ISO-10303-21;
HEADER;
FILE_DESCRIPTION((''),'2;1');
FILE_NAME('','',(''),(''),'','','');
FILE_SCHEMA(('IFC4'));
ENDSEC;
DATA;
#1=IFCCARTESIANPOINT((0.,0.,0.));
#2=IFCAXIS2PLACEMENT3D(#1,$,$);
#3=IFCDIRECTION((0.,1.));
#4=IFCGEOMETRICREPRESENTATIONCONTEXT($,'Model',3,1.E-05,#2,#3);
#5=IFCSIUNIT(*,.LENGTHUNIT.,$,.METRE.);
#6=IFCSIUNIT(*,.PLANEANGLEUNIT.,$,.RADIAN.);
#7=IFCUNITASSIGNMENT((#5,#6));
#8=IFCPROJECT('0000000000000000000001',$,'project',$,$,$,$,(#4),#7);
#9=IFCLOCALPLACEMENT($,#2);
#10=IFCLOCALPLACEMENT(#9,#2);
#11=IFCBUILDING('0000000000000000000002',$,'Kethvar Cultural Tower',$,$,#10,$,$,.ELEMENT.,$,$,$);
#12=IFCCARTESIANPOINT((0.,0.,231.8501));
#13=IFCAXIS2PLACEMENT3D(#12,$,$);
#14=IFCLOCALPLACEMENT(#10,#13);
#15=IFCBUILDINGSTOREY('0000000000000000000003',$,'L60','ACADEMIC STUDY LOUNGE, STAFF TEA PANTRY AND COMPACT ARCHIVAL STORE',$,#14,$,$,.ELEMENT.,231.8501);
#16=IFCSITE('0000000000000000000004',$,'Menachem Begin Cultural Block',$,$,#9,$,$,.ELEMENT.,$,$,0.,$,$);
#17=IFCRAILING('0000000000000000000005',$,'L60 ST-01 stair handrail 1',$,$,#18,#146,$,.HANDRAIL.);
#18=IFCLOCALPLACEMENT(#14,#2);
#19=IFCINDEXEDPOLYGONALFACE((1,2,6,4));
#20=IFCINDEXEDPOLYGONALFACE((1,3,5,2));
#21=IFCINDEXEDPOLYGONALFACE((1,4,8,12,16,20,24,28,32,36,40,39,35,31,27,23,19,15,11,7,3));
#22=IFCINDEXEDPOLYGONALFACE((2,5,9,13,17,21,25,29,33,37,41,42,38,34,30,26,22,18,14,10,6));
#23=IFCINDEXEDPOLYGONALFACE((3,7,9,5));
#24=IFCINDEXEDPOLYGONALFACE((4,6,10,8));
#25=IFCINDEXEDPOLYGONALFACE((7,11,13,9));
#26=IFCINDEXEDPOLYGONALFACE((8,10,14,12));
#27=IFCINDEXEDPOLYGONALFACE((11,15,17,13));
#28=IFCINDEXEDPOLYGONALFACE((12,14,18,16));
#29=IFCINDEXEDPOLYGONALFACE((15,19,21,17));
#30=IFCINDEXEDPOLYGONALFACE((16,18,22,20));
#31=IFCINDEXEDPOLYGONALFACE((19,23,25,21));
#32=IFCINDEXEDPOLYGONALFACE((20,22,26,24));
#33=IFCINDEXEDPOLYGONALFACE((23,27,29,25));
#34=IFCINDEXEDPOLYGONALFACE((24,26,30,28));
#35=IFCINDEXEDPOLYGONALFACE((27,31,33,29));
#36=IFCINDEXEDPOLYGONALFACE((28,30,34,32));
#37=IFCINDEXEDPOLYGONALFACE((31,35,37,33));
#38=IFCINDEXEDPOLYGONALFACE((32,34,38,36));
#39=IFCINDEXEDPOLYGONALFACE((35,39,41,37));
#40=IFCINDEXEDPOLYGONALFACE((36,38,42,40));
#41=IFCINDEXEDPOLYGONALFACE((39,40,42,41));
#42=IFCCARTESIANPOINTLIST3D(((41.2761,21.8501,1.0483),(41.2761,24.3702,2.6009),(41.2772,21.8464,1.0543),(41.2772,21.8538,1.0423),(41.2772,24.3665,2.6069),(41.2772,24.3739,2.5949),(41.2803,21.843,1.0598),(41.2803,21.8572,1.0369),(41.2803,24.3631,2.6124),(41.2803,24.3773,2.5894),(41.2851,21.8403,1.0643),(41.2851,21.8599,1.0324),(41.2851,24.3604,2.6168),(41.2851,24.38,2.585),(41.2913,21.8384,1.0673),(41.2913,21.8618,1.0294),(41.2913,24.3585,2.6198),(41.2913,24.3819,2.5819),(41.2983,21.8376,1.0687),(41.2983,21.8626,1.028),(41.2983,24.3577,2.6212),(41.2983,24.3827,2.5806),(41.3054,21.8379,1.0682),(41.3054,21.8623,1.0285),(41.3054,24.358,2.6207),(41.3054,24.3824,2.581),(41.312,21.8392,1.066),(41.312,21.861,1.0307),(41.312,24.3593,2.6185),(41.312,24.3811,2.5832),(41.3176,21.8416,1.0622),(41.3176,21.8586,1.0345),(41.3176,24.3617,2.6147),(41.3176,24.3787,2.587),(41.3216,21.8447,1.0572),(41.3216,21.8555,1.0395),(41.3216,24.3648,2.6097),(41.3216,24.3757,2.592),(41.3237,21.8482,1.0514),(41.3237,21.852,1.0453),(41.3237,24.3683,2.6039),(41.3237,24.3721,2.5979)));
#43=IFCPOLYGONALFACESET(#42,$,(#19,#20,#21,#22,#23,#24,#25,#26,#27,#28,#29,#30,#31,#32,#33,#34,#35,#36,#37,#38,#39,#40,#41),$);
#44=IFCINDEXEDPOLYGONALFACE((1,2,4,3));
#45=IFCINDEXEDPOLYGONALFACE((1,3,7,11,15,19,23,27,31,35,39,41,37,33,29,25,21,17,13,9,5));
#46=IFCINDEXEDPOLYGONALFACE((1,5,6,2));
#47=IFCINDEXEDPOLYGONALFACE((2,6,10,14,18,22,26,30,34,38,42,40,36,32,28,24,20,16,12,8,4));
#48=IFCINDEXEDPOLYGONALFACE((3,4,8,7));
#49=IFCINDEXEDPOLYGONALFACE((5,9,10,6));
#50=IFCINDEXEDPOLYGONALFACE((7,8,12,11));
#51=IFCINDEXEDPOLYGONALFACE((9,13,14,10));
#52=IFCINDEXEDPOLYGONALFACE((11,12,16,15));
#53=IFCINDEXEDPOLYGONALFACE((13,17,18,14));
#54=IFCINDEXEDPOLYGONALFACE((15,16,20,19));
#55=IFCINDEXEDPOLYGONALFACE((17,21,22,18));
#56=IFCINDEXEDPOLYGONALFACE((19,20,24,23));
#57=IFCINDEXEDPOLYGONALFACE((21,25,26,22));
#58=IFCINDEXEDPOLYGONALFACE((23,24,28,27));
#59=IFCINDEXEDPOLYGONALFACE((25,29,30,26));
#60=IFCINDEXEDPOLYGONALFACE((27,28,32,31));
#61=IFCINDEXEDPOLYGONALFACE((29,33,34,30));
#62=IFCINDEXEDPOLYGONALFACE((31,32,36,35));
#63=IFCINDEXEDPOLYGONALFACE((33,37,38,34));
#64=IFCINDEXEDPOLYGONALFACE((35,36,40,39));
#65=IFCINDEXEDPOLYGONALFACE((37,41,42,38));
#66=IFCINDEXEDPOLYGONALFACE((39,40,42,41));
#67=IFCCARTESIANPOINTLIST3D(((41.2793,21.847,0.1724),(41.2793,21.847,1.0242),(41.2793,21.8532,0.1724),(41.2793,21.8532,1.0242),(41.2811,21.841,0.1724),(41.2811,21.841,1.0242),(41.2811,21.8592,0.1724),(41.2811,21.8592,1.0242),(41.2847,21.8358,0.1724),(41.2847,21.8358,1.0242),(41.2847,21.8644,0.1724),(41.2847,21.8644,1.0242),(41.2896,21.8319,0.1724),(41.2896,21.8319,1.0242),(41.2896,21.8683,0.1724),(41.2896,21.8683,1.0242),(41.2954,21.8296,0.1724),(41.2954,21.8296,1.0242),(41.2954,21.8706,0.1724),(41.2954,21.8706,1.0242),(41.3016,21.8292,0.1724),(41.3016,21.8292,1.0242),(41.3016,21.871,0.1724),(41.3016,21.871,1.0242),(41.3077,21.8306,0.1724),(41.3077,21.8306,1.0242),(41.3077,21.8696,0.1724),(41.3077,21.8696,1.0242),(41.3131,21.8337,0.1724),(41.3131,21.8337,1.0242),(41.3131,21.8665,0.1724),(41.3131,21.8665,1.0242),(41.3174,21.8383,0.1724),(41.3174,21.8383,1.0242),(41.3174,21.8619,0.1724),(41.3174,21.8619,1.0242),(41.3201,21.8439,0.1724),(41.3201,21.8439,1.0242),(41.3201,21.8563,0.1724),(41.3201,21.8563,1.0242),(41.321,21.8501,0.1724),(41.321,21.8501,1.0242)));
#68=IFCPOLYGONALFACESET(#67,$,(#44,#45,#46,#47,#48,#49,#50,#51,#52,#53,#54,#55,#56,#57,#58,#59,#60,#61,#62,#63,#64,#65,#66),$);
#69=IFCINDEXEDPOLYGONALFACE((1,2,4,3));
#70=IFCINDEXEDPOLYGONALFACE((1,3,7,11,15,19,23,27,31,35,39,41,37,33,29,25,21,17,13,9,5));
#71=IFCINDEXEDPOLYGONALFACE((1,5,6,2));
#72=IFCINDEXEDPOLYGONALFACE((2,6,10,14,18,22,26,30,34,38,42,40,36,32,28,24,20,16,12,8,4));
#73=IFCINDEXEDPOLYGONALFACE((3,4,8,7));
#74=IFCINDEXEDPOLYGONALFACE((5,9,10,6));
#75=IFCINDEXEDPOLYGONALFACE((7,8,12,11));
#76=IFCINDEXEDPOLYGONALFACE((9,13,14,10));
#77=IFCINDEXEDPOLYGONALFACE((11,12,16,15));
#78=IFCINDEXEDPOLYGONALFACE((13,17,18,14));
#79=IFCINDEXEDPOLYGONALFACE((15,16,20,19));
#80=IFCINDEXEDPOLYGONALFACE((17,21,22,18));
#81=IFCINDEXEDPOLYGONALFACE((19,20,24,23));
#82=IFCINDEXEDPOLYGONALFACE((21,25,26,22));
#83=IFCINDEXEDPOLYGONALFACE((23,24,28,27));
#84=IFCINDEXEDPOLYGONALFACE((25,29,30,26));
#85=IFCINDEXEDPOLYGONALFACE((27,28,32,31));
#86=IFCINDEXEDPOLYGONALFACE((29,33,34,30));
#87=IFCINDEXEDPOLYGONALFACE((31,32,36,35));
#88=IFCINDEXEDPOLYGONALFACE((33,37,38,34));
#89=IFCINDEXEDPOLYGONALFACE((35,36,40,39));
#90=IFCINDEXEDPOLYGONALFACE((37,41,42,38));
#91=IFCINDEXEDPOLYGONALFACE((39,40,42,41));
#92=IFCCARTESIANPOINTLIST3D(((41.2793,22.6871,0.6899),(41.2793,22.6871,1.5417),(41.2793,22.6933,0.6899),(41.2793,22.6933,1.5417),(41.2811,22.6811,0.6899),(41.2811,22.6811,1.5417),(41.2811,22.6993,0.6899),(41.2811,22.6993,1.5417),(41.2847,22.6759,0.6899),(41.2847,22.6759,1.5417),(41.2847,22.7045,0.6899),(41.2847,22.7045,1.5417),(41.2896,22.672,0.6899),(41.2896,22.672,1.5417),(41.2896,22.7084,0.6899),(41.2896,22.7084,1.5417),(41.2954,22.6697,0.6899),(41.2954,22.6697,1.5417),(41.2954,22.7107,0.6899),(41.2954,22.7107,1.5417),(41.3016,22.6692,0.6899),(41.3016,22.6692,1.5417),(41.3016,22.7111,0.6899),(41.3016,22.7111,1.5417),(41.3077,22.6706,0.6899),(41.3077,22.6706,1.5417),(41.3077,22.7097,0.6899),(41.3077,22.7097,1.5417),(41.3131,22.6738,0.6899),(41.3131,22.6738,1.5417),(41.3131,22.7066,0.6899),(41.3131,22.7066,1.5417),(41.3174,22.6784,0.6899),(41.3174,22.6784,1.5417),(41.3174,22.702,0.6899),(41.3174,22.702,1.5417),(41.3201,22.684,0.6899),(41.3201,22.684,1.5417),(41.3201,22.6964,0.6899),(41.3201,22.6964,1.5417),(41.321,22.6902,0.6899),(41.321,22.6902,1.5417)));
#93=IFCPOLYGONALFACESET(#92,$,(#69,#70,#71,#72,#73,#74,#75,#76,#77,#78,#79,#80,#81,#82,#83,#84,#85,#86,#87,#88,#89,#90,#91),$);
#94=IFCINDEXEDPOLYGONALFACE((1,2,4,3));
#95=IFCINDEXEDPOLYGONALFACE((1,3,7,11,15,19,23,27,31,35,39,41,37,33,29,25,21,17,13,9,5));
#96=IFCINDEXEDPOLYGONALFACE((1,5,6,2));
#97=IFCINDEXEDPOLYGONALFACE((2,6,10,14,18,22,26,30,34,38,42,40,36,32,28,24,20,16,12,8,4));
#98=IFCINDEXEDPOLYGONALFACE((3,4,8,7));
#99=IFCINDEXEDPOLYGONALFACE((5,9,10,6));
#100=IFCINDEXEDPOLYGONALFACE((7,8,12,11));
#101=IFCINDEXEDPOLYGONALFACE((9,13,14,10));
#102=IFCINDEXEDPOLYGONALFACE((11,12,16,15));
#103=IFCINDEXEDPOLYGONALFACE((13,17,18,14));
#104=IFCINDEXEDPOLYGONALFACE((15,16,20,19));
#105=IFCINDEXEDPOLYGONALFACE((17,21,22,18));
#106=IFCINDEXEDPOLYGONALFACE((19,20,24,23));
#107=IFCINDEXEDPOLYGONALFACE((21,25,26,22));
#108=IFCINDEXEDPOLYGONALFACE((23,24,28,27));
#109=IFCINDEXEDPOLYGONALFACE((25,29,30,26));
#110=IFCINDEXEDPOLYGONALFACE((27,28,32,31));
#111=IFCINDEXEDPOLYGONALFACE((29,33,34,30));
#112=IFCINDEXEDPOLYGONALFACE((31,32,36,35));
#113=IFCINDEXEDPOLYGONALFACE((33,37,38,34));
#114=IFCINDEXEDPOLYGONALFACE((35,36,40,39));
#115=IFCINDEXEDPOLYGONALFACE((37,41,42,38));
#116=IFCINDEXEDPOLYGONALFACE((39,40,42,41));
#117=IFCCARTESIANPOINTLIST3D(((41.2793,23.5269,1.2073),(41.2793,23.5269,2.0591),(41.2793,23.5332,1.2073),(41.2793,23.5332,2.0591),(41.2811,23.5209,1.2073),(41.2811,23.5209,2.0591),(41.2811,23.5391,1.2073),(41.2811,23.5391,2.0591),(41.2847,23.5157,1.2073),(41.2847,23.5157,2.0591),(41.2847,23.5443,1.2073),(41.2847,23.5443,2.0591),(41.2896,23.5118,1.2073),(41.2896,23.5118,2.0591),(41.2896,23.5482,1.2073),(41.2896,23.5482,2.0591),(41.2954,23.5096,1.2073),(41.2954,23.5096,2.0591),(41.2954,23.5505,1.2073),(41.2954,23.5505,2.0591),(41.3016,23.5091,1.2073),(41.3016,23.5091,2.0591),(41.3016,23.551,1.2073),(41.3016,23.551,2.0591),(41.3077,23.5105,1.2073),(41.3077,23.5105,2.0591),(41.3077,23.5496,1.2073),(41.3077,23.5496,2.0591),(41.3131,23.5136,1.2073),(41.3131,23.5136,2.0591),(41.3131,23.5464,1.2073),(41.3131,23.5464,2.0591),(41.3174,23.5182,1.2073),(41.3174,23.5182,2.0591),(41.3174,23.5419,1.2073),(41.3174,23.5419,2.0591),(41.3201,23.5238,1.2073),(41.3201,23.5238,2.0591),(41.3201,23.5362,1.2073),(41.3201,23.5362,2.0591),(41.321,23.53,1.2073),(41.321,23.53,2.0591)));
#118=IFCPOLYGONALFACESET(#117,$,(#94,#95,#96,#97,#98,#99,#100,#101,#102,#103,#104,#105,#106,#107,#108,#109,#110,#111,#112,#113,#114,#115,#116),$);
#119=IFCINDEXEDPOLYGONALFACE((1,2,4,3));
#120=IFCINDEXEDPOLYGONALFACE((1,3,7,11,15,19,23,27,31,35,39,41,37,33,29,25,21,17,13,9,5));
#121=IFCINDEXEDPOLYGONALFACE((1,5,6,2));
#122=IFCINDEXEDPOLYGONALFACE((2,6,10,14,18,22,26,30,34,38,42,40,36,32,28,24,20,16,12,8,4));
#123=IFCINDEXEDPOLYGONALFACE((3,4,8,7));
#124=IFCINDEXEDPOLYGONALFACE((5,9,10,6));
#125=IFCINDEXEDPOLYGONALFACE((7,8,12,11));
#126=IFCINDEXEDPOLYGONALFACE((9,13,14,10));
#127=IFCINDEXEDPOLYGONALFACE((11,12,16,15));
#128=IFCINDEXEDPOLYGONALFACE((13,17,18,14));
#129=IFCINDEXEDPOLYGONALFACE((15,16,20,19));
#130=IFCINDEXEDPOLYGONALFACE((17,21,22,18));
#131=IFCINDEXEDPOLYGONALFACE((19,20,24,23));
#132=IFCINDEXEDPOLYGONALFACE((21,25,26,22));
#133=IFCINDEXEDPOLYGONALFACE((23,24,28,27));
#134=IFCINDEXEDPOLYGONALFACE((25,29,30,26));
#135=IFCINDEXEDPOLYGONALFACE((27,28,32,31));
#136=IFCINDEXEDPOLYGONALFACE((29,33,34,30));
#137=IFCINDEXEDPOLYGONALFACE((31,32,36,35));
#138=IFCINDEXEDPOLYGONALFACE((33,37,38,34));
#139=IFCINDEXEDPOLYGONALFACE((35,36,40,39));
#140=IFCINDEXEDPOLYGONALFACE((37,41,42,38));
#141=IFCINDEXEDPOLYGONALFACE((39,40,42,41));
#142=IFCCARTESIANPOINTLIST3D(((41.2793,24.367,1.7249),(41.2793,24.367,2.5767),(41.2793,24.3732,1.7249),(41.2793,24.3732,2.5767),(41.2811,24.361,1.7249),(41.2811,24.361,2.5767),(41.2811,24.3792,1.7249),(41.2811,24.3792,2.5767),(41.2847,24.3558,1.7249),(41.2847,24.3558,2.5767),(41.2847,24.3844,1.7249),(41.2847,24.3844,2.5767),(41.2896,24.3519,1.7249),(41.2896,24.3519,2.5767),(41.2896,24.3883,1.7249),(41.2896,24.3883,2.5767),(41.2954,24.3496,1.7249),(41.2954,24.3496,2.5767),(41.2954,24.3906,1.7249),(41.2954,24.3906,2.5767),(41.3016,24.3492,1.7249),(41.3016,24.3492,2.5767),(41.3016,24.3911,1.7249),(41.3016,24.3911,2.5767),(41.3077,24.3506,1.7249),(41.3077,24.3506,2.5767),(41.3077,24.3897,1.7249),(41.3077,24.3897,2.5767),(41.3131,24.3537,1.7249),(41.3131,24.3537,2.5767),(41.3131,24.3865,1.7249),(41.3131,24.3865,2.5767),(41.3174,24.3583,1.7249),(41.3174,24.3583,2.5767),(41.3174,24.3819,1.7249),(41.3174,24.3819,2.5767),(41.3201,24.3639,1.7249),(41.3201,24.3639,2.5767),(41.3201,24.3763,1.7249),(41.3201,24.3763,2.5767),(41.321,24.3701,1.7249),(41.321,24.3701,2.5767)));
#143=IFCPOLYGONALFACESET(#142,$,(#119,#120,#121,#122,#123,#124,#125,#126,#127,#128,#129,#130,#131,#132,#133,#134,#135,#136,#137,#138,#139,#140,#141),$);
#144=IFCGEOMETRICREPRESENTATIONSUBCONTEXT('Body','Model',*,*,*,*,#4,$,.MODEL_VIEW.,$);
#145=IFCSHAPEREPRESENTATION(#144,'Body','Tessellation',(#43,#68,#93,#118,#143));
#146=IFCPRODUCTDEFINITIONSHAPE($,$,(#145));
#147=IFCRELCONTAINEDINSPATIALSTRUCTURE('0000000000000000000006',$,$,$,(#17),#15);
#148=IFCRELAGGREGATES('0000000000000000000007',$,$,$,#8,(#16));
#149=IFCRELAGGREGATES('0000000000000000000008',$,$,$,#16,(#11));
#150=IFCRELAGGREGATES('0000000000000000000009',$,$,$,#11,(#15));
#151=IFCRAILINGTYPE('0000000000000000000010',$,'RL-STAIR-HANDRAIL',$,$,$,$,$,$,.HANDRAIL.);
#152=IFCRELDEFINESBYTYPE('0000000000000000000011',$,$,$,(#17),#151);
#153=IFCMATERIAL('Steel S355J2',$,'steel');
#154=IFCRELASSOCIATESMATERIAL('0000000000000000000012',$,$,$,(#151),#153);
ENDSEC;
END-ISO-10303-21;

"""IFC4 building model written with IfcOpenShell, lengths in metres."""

from ifc_helpers import new_model, si_unit, direction, frame, origin, origin_2d, place, context, subcontext, project, spatial, circle, extrude, material, type_object, element, save


model = new_model("IFC4")

# Units and contexts
model_context = context("Model", 3, precision=1e-05, world=origin(), true_north=direction((0.0, 1.0)))
body_context = subcontext(model_context, "Body", "Model", "MODEL_VIEW")
ifc_project = project(units=[si_unit("LENGTHUNIT", "METRE"), si_unit("PLANEANGLEUNIT", "RADIAN")], contexts=[model_context])

# Site, building, storey
site_placement = place(None, origin())
site = spatial("IfcSite", under=ifc_project, at=site_placement, Name="Menachem Begin Cultural Block", CompositionType="ELEMENT", RefElevation=0.0)
building_placement = place(site_placement, origin())
building = spatial("IfcBuilding", under=site, at=building_placement, Name="Kethvar Cultural Tower", CompositionType="ELEMENT")
storey_placement = place(building_placement, frame((0.0, 0.0, 231.8501)))
storey = spatial("IfcBuildingStorey", under=building, at=storey_placement, Name="L60", Description="ACADEMIC STUDY LOUNGE, STAFF TEA PANTRY AND COMPACT ARCHIVAL STORE", CompositionType="ELEMENT", Elevation=231.8501)

# Shared definitions
ifc_material_1 = material(Name="Steel S355J2", Category="steel")

# Railing
railing_type_1 = type_object("IfcRailingType", Name="RL-STAIR-HANDRAIL", PredefinedType="HANDRAIL", material=ifc_material_1)
railing_1_placement = place(storey_placement, frame((41.3, 21.8501, 0.1724)))
element("IfcRailing", 1, at=railing_1_placement, inside=storey, type_object=railing_type_1, Name="L60 ST-01 stair handrail 1", PredefinedType="HANDRAIL", context=body_context, shape_type="SweptSolid", body=[
    extrude(circle(Radius=0.0239, at=origin_2d()), frame((0.0, 0.0, 0.876), z_axis=(0.0, 0.8514, 0.524516), x_axis=(-1.0, 0.0, 0.0)), (0.0, 0.0, 1.0), 2.96),
    extrude(circle(Radius=0.021, at=origin_2d()), origin(), (0.0, 0.0, 1.0), 0.8518),
    extrude(circle(Radius=0.021, at=origin_2d()), frame((0.0, 0.8401, 0.5176)), (0.0, 0.0, 1.0), 0.8518),
    extrude(circle(Radius=0.021, at=origin_2d()), frame((0.0, 1.6799, 1.0349)), (0.0, 0.0, 1.0), 0.8518),
    extrude(circle(Radius=0.021, at=origin_2d()), frame((0.0, 2.52, 1.5525)), (0.0, 0.0, 1.0), 0.8518),
])

save(model, "model.ifc")
